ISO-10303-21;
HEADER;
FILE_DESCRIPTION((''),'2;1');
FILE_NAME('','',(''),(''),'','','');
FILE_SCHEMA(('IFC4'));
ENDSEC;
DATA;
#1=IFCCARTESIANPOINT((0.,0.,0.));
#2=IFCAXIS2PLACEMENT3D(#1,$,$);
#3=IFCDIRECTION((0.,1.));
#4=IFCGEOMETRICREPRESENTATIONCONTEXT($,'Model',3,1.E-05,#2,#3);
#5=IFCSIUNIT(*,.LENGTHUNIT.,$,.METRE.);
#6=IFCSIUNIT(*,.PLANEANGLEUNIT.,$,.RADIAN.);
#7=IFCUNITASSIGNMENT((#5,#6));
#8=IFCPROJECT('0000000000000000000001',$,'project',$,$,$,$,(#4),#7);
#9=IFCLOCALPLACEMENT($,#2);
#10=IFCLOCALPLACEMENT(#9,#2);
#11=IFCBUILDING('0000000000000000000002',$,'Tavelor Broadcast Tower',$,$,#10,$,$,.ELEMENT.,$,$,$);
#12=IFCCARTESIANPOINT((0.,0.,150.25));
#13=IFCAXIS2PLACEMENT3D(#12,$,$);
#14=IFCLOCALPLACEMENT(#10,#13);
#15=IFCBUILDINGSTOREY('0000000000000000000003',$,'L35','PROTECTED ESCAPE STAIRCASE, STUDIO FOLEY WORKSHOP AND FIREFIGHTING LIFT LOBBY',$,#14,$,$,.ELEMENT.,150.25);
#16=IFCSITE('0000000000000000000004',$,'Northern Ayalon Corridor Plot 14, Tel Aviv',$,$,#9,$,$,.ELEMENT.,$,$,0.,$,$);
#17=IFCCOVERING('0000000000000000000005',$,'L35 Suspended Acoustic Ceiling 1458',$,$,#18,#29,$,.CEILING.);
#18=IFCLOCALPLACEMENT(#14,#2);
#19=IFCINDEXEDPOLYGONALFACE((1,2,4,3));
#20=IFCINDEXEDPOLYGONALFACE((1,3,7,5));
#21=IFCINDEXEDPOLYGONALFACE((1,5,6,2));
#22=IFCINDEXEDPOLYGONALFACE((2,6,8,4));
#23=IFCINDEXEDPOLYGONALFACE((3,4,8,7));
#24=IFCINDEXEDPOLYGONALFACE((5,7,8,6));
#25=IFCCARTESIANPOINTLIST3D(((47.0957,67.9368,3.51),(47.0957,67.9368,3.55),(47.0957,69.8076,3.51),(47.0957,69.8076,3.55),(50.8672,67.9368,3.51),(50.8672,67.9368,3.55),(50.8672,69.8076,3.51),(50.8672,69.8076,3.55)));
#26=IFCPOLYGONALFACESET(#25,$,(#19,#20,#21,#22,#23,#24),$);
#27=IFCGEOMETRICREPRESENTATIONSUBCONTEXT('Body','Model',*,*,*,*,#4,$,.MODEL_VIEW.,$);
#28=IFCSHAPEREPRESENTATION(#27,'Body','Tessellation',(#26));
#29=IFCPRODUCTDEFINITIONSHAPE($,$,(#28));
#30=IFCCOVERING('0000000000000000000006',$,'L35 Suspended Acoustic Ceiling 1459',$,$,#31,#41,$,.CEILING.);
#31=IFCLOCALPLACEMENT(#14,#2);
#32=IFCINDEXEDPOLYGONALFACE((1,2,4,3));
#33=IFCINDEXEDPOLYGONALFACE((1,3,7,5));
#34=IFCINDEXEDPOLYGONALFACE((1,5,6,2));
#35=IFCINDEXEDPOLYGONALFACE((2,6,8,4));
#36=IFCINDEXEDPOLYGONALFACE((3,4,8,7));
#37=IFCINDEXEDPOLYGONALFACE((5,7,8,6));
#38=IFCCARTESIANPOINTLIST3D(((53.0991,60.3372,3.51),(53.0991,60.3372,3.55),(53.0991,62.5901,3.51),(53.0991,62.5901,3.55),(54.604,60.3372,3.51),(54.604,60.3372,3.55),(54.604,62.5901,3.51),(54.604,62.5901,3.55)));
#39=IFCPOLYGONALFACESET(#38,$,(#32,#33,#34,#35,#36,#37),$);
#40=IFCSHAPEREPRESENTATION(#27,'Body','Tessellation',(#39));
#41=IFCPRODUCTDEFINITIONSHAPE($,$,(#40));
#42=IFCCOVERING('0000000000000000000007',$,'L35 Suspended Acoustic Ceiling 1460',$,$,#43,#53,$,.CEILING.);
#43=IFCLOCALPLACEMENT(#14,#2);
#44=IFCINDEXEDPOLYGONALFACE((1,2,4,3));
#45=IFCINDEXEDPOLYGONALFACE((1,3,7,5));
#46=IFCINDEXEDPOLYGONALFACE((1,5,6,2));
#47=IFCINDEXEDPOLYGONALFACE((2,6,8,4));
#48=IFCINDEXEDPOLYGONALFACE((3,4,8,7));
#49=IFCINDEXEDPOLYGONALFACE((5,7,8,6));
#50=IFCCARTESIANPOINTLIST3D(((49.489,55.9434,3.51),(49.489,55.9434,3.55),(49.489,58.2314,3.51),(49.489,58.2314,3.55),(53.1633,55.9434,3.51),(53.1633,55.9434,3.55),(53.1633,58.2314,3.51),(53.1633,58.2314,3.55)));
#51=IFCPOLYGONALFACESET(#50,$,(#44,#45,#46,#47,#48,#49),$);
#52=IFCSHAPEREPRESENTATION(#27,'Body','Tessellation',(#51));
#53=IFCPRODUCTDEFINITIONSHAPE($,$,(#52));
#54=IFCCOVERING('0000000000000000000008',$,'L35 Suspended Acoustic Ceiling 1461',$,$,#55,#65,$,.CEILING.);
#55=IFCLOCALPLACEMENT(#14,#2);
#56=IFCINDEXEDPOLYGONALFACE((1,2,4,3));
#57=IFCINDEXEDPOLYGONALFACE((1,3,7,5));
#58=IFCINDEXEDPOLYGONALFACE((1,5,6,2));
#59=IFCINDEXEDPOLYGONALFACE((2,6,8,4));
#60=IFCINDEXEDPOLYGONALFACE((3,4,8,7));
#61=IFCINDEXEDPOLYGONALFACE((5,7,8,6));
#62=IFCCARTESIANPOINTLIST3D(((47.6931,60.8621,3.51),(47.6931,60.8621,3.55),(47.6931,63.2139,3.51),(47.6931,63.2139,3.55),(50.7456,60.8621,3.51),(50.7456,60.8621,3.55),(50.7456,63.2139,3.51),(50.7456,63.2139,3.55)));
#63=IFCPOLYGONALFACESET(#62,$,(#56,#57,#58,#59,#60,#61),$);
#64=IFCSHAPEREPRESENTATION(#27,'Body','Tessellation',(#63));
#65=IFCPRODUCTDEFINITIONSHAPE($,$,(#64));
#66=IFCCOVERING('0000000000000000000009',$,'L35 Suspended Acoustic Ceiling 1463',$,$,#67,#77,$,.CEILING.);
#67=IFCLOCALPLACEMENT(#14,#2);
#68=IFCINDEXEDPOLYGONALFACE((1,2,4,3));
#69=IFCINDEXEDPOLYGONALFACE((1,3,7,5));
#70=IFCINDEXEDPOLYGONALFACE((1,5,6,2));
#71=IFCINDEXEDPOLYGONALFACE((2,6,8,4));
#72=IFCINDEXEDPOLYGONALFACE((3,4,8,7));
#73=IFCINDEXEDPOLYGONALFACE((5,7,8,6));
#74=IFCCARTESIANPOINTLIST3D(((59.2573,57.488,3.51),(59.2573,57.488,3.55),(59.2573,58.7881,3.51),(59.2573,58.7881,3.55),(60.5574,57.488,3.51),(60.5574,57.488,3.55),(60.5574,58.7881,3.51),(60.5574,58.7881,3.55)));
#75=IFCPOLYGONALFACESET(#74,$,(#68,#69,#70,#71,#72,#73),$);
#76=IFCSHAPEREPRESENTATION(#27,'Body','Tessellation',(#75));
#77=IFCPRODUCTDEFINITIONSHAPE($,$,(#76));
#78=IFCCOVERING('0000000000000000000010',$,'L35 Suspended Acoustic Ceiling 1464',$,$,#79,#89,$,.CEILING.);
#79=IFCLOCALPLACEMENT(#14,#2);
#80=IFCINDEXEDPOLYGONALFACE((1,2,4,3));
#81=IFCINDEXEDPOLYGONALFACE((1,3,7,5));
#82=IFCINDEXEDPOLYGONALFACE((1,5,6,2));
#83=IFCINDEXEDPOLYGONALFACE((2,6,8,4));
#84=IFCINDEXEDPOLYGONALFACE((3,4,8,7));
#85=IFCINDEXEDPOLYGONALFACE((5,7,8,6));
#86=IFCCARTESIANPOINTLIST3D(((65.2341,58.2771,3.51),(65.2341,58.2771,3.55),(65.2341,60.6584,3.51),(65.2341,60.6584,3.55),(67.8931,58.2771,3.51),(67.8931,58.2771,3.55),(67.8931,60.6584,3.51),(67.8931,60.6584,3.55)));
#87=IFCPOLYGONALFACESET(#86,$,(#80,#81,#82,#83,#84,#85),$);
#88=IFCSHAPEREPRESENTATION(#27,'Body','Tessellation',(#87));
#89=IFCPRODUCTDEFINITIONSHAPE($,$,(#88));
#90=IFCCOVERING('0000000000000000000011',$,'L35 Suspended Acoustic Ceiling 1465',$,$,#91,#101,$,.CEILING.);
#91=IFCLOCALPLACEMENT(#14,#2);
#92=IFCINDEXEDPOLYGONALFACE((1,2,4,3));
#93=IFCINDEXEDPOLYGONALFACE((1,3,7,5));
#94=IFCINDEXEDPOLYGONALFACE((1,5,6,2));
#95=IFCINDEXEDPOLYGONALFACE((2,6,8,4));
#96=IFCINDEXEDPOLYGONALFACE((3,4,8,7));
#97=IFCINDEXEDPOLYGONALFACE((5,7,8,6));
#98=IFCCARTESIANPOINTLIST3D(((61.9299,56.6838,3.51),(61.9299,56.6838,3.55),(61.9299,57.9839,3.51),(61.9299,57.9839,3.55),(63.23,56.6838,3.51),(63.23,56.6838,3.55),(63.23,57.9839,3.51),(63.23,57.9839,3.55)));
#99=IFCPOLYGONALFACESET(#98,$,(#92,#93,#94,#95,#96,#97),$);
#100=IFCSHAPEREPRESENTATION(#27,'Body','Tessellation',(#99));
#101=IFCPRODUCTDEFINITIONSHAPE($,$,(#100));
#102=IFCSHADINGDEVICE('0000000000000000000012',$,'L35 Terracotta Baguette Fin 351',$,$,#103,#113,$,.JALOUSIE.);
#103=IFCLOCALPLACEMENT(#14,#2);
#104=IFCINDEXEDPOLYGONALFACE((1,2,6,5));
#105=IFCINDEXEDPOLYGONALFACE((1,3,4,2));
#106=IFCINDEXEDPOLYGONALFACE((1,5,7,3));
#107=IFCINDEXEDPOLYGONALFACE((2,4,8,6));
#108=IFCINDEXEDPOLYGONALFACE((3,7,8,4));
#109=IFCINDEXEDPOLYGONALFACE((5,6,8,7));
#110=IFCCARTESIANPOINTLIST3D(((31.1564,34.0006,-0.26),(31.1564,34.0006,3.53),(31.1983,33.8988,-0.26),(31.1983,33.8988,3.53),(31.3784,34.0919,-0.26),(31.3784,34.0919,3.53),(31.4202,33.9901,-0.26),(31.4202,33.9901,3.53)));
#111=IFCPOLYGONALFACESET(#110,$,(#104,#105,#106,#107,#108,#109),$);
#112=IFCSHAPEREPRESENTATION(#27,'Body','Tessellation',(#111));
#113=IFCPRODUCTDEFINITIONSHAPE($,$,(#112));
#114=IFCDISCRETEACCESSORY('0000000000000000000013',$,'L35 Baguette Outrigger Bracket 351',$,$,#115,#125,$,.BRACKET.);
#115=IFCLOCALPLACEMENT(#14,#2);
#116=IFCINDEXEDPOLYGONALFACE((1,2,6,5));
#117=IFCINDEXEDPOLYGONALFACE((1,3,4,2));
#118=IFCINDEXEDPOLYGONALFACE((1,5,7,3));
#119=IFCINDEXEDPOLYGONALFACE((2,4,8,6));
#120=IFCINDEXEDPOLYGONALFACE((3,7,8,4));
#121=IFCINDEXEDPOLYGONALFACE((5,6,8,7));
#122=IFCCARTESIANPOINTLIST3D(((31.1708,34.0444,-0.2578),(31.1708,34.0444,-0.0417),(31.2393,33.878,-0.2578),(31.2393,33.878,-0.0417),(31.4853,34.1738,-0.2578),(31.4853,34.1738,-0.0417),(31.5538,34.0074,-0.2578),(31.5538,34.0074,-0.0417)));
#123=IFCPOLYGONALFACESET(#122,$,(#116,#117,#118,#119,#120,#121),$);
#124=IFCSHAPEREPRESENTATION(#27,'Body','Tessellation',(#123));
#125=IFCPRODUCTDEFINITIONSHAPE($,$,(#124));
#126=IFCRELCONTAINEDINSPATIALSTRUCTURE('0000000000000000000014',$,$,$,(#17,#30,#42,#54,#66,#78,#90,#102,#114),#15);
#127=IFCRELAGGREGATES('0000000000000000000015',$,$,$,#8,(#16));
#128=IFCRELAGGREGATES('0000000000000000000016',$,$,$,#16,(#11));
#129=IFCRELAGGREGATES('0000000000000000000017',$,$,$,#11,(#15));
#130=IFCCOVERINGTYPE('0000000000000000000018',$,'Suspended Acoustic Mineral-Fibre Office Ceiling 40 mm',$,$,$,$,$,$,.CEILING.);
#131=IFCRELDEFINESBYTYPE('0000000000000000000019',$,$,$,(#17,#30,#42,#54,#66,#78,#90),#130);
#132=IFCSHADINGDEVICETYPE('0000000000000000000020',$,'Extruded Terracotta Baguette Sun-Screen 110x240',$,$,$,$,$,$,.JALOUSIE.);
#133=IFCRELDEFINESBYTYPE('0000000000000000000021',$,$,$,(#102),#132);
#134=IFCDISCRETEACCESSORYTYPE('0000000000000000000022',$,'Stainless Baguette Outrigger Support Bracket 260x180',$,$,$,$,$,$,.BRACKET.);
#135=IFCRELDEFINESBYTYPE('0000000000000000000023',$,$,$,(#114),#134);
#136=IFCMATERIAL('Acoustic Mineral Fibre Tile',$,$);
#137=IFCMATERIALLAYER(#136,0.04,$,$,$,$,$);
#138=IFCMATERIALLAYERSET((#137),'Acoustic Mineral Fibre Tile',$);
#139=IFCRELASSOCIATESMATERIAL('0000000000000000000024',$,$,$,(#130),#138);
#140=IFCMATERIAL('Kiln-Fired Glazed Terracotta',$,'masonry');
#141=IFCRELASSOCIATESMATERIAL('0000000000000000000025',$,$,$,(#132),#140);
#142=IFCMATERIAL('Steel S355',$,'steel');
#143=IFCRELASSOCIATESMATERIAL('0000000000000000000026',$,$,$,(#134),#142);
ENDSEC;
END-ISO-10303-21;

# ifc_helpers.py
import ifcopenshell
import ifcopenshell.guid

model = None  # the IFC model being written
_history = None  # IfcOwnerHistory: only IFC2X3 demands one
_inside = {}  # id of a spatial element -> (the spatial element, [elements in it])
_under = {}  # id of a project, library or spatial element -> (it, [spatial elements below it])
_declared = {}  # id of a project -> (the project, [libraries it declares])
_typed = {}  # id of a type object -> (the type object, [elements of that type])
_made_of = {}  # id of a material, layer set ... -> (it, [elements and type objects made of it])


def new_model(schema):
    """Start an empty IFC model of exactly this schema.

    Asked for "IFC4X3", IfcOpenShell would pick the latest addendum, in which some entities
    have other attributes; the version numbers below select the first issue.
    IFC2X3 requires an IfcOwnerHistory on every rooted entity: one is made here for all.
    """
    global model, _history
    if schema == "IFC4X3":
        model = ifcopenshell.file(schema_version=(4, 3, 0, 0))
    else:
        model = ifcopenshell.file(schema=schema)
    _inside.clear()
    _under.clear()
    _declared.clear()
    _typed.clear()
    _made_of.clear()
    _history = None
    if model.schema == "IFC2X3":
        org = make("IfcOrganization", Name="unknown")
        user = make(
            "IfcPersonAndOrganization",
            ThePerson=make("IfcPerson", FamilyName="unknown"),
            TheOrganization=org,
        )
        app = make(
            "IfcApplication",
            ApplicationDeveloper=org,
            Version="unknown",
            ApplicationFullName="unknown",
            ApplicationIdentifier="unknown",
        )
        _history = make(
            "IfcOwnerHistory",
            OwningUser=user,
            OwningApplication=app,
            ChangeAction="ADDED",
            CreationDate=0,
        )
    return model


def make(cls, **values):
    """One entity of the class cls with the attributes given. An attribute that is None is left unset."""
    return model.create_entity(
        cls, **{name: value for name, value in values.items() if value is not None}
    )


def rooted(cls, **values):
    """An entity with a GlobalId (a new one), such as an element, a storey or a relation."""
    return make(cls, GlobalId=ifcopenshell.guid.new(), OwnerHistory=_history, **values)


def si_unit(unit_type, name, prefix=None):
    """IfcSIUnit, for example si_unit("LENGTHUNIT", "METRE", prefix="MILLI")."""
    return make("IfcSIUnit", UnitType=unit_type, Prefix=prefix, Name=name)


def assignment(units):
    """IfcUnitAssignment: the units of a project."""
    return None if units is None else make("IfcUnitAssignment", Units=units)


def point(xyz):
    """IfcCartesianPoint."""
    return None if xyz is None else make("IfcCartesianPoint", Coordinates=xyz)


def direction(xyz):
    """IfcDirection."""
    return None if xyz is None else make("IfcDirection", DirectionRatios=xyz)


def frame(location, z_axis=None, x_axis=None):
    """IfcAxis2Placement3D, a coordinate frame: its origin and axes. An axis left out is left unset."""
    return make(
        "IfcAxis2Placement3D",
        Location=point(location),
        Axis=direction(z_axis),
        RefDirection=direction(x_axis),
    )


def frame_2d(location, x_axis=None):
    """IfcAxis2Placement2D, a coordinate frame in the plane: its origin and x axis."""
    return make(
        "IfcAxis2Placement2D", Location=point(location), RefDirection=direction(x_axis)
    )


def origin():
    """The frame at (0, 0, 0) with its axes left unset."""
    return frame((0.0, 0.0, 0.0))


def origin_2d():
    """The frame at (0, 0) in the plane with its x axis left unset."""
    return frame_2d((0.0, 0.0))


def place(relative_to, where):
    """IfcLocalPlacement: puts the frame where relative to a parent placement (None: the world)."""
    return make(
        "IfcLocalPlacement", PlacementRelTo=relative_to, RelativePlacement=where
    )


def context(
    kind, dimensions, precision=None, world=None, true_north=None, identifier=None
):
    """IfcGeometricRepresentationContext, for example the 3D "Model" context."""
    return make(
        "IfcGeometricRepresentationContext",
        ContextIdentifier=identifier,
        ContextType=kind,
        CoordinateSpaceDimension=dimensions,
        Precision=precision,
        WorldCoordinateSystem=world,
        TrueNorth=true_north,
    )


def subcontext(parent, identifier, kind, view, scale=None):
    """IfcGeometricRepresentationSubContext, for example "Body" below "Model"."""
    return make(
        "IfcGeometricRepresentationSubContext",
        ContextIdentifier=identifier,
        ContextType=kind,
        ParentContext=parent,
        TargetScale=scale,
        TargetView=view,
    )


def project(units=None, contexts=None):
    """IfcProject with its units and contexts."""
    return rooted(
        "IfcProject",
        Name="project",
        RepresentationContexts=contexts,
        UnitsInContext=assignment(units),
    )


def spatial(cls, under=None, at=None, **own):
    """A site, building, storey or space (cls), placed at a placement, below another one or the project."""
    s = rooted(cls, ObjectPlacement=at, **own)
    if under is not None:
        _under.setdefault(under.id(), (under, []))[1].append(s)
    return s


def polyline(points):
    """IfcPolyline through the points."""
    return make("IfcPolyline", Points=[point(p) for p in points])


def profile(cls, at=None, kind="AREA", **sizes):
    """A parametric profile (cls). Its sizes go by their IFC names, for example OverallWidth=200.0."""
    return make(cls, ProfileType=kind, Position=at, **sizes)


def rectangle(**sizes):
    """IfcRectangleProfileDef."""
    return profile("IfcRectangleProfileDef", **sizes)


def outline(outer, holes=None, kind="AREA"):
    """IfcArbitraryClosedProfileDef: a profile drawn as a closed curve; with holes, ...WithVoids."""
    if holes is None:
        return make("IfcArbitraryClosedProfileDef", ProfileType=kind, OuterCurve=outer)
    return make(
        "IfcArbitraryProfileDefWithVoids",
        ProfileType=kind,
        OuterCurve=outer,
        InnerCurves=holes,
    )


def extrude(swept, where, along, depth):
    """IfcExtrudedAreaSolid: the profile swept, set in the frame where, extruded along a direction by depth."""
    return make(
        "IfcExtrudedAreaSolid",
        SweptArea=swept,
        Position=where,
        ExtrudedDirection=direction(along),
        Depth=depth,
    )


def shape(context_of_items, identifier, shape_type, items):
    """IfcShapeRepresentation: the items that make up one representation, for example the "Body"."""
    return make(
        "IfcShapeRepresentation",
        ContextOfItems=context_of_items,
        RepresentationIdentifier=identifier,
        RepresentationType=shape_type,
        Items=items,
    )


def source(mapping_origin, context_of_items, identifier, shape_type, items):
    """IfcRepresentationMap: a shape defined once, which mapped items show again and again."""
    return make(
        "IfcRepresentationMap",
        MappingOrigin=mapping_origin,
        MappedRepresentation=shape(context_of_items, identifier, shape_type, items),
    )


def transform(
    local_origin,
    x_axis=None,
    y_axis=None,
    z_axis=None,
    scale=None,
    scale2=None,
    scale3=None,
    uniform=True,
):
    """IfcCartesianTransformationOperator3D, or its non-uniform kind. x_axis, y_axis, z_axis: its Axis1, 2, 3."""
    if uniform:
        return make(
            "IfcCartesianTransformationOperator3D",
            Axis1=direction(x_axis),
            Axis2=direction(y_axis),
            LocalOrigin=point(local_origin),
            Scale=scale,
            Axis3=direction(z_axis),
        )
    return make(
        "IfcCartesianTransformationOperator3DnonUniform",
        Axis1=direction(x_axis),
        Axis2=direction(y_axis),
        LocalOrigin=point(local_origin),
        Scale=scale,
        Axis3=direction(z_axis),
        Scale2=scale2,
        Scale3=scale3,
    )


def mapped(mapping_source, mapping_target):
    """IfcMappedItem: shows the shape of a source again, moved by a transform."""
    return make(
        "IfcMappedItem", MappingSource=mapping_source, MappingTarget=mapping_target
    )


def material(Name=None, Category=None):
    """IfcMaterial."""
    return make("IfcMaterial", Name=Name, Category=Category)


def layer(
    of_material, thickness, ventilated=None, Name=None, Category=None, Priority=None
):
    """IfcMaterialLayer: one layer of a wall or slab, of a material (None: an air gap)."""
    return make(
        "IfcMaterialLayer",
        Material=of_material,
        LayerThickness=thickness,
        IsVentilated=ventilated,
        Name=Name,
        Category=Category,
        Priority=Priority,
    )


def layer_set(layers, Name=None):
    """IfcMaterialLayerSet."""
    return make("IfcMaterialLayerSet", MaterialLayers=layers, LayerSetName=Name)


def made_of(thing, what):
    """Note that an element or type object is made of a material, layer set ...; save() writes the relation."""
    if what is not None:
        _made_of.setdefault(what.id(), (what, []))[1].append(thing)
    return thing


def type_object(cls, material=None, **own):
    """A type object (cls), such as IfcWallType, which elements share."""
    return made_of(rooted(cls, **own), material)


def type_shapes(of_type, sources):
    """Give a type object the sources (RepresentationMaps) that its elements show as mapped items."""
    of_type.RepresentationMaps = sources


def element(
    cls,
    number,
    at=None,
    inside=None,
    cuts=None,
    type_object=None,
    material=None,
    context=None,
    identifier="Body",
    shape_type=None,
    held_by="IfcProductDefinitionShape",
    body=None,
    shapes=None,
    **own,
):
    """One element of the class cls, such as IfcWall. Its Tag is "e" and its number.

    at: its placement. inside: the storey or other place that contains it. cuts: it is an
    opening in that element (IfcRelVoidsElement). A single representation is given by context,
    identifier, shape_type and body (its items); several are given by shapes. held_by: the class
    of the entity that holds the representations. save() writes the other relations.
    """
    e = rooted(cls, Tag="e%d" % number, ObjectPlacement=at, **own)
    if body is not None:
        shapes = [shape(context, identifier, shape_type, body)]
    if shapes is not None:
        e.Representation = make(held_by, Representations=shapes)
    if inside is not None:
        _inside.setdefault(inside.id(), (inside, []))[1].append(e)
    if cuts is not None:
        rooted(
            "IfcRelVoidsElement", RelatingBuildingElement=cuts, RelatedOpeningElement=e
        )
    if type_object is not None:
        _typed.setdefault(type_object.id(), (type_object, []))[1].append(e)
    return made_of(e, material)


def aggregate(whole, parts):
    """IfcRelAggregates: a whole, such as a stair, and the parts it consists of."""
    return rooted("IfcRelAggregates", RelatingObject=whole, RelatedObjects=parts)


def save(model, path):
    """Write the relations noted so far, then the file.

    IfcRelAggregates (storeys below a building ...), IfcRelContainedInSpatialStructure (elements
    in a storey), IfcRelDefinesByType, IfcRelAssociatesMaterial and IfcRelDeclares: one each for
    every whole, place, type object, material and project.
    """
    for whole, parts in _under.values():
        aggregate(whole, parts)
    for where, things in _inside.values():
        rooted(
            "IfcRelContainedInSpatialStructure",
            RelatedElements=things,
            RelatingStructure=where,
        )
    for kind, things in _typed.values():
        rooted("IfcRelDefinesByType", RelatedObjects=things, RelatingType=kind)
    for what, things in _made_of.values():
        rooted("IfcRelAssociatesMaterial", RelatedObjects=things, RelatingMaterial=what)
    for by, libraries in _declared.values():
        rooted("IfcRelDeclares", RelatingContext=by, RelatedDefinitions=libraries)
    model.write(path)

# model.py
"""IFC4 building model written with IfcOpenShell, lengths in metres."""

from ifc_helpers import new_model, si_unit, direction, frame, origin, origin_2d, place, context, subcontext, project, spatial, polyline, rectangle, outline, extrude, source, transform, mapped, material, layer, layer_set, type_object, type_shapes, element, save


model = new_model("IFC4")

# Units and contexts
model_context = context("Model", 3, precision=1e-05, world=origin(), true_north=direction((0.0, 1.0)))
body_context = subcontext(model_context, "Body", "Model", "MODEL_VIEW")
ifc_project = project(units=[si_unit("LENGTHUNIT", "METRE"), si_unit("PLANEANGLEUNIT", "RADIAN")], contexts=[model_context])

# Site, building, storey
site_placement = place(None, origin())
site = spatial("IfcSite", under=ifc_project, at=site_placement, Name="Northern Ayalon Corridor Plot 14, Tel Aviv", CompositionType="ELEMENT", RefElevation=0.0)
building_placement = place(site_placement, origin())
building = spatial("IfcBuilding", under=site, at=building_placement, Name="Tavelor Broadcast Tower", CompositionType="ELEMENT")
storey_placement = place(building_placement, frame((0.0, 0.0, 150.25)))
storey = spatial("IfcBuildingStorey", under=building, at=storey_placement, Name="L35", Description="PROTECTED ESCAPE STAIRCASE, STUDIO FOLEY WORKSHOP AND FIREFIGHTING LIFT LOBBY", CompositionType="ELEMENT", Elevation=150.25)

# Coverings
ifc_material_1 = material(Name="Acoustic Mineral Fibre Tile")
ifc_layer_1 = layer(ifc_material_1, 0.04)
ifc_layer_set_1 = layer_set([ifc_layer_1], Name="Acoustic Mineral Fibre Tile")
covering_type_1 = type_object("IfcCoveringType", Name="Suspended Acoustic Mineral-Fibre Office Ceiling 40 mm", PredefinedType="CEILING", material=ifc_layer_set_1)
covering_1_placement = place(storey_placement, frame((0.0, 0.0, 3.51)))
element("IfcCovering", 1, at=covering_1_placement, inside=storey, type_object=covering_type_1, Name="L35 Suspended Acoustic Ceiling 1458", PredefinedType="CEILING", context=body_context, shape_type="SweptSolid", body=[
    extrude(outline(polyline([(47.0957, 67.9368), (50.8672, 67.9368), (50.8672, 69.8076), (47.0957, 69.8076), (47.0957, 67.9368)])), origin(), (0.0, 0.0, 1.0), 0.04),
])
covering_2_placement = place(storey_placement, frame((0.0, 0.0, 3.51)))
element("IfcCovering", 2, at=covering_2_placement, inside=storey, type_object=covering_type_1, Name="L35 Suspended Acoustic Ceiling 1459", PredefinedType="CEILING", context=body_context, shape_type="SweptSolid", body=[
    extrude(outline(polyline([(53.0991, 60.3372), (54.604, 60.3372), (54.604, 62.5901), (53.0991, 62.5901), (53.0991, 60.3372)])), origin(), (0.0, 0.0, 1.0), 0.04),
])
covering_3_placement = place(storey_placement, frame((0.0, 0.0, 3.51)))
element("IfcCovering", 3, at=covering_3_placement, inside=storey, type_object=covering_type_1, Name="L35 Suspended Acoustic Ceiling 1460", PredefinedType="CEILING", context=body_context, shape_type="SweptSolid", body=[
    extrude(outline(polyline([(49.489, 55.9434), (53.1633, 55.9434), (53.1633, 58.2314), (49.489, 58.2314), (49.489, 55.9434)])), origin(), (0.0, 0.0, 1.0), 0.04),
])
covering_4_placement = place(storey_placement, frame((0.0, 0.0, 3.51)))
element("IfcCovering", 4, at=covering_4_placement, inside=storey, type_object=covering_type_1, Name="L35 Suspended Acoustic Ceiling 1461", PredefinedType="CEILING", context=body_context, shape_type="SweptSolid", body=[
    extrude(outline(polyline([(47.6931, 60.8621), (50.7456, 60.8621), (50.7456, 63.2139), (47.6931, 63.2139), (47.6931, 60.8621)])), origin(), (0.0, 0.0, 1.0), 0.04),
])
covering_5_placement = place(storey_placement, frame((0.0, 0.0, 3.51)))
element("IfcCovering", 5, at=covering_5_placement, inside=storey, type_object=covering_type_1, Name="L35 Suspended Acoustic Ceiling 1463", PredefinedType="CEILING", context=body_context, shape_type="SweptSolid", body=[
    extrude(outline(polyline([(59.2573, 57.488), (60.5574, 57.488), (60.5574, 58.7881), (59.2573, 58.7881), (59.2573, 57.488)])), origin(), (0.0, 0.0, 1.0), 0.04),
])
covering_6_placement = place(storey_placement, frame((0.0, 0.0, 3.51)))
element("IfcCovering", 6, at=covering_6_placement, inside=storey, type_object=covering_type_1, Name="L35 Suspended Acoustic Ceiling 1464", PredefinedType="CEILING", context=body_context, shape_type="SweptSolid", body=[
    extrude(outline(polyline([(65.2341, 58.2771), (67.8931, 58.2771), (67.8931, 60.6584), (65.2341, 60.6584), (65.2341, 58.2771)])), origin(), (0.0, 0.0, 1.0), 0.04),
])
covering_7_placement = place(storey_placement, frame((0.0, 0.0, 3.51)))
element("IfcCovering", 7, at=covering_7_placement, inside=storey, type_object=covering_type_1, Name="L35 Suspended Acoustic Ceiling 1465", PredefinedType="CEILING", context=body_context, shape_type="SweptSolid", body=[
    extrude(outline(polyline([(61.9299, 56.6838), (63.23, 56.6838), (63.23, 57.9839), (61.9299, 57.9839), (61.9299, 56.6838)])), origin(), (0.0, 0.0, 1.0), 0.04),
])

# Shading device
ifc_material_2 = material(Name="Kiln-Fired Glazed Terracotta", Category="masonry")
shading_device_type = type_object("IfcShadingDeviceType", Name="Extruded Terracotta Baguette Sun-Screen 110x240", PredefinedType="JALOUSIE", material=ifc_material_2)
shared_shape_1 = source(origin(), body_context, "Body", "SweptSolid", [
    extrude(rectangle(XDim=0.1101, YDim=0.24, at=origin_2d()), origin(), (0.0, 0.0, 1.0), 3.79),
])
type_shapes(shading_device_type, [shared_shape_1])
shading_device_placement = place(storey_placement, frame((31.2883, 33.9954, -0.26), z_axis=(0.0, 0.0, 1.0), x_axis=(0.380425, -0.924812, 0.0)))
element("IfcShadingDevice", 8, at=shading_device_placement, inside=storey, type_object=shading_device_type, Name="L35 Terracotta Baguette Fin 351", PredefinedType="JALOUSIE", context=body_context, shape_type="MappedRepresentation", body=[
    mapped(shared_shape_1, transform((0.0, 0.0, 0.0), scale=1.0)),
])

# Discrete accessory
ifc_material_3 = material(Name="Steel S355", Category="steel")
discrete_accessory_type = type_object("IfcDiscreteAccessoryType", Name="Stainless Baguette Outrigger Support Bracket 260x180", PredefinedType="BRACKET", material=ifc_material_3)
shared_shape_2 = source(origin(), body_context, "Body", "SweptSolid", [
    extrude(rectangle(XDim=0.1799, YDim=0.3401, at=origin_2d()), origin(), (0.0, 0.0, 1.0), 0.2161),
])
type_shapes(discrete_accessory_type, [shared_shape_2])
discrete_accessory_placement = place(storey_placement, frame((31.3623, 34.0259, -0.2578), z_axis=(0.0, 0.0, 1.0), x_axis=(0.380425, -0.924812, 0.0)))
element("IfcDiscreteAccessory", 9, at=discrete_accessory_placement, inside=storey, type_object=discrete_accessory_type, Name="L35 Baguette Outrigger Bracket 351", PredefinedType="BRACKET", context=body_context, shape_type="MappedRepresentation", body=[
    mapped(shared_shape_2, transform((0.0, 0.0, 0.0), scale=1.0)),
])

save(model, "model.ifc")
